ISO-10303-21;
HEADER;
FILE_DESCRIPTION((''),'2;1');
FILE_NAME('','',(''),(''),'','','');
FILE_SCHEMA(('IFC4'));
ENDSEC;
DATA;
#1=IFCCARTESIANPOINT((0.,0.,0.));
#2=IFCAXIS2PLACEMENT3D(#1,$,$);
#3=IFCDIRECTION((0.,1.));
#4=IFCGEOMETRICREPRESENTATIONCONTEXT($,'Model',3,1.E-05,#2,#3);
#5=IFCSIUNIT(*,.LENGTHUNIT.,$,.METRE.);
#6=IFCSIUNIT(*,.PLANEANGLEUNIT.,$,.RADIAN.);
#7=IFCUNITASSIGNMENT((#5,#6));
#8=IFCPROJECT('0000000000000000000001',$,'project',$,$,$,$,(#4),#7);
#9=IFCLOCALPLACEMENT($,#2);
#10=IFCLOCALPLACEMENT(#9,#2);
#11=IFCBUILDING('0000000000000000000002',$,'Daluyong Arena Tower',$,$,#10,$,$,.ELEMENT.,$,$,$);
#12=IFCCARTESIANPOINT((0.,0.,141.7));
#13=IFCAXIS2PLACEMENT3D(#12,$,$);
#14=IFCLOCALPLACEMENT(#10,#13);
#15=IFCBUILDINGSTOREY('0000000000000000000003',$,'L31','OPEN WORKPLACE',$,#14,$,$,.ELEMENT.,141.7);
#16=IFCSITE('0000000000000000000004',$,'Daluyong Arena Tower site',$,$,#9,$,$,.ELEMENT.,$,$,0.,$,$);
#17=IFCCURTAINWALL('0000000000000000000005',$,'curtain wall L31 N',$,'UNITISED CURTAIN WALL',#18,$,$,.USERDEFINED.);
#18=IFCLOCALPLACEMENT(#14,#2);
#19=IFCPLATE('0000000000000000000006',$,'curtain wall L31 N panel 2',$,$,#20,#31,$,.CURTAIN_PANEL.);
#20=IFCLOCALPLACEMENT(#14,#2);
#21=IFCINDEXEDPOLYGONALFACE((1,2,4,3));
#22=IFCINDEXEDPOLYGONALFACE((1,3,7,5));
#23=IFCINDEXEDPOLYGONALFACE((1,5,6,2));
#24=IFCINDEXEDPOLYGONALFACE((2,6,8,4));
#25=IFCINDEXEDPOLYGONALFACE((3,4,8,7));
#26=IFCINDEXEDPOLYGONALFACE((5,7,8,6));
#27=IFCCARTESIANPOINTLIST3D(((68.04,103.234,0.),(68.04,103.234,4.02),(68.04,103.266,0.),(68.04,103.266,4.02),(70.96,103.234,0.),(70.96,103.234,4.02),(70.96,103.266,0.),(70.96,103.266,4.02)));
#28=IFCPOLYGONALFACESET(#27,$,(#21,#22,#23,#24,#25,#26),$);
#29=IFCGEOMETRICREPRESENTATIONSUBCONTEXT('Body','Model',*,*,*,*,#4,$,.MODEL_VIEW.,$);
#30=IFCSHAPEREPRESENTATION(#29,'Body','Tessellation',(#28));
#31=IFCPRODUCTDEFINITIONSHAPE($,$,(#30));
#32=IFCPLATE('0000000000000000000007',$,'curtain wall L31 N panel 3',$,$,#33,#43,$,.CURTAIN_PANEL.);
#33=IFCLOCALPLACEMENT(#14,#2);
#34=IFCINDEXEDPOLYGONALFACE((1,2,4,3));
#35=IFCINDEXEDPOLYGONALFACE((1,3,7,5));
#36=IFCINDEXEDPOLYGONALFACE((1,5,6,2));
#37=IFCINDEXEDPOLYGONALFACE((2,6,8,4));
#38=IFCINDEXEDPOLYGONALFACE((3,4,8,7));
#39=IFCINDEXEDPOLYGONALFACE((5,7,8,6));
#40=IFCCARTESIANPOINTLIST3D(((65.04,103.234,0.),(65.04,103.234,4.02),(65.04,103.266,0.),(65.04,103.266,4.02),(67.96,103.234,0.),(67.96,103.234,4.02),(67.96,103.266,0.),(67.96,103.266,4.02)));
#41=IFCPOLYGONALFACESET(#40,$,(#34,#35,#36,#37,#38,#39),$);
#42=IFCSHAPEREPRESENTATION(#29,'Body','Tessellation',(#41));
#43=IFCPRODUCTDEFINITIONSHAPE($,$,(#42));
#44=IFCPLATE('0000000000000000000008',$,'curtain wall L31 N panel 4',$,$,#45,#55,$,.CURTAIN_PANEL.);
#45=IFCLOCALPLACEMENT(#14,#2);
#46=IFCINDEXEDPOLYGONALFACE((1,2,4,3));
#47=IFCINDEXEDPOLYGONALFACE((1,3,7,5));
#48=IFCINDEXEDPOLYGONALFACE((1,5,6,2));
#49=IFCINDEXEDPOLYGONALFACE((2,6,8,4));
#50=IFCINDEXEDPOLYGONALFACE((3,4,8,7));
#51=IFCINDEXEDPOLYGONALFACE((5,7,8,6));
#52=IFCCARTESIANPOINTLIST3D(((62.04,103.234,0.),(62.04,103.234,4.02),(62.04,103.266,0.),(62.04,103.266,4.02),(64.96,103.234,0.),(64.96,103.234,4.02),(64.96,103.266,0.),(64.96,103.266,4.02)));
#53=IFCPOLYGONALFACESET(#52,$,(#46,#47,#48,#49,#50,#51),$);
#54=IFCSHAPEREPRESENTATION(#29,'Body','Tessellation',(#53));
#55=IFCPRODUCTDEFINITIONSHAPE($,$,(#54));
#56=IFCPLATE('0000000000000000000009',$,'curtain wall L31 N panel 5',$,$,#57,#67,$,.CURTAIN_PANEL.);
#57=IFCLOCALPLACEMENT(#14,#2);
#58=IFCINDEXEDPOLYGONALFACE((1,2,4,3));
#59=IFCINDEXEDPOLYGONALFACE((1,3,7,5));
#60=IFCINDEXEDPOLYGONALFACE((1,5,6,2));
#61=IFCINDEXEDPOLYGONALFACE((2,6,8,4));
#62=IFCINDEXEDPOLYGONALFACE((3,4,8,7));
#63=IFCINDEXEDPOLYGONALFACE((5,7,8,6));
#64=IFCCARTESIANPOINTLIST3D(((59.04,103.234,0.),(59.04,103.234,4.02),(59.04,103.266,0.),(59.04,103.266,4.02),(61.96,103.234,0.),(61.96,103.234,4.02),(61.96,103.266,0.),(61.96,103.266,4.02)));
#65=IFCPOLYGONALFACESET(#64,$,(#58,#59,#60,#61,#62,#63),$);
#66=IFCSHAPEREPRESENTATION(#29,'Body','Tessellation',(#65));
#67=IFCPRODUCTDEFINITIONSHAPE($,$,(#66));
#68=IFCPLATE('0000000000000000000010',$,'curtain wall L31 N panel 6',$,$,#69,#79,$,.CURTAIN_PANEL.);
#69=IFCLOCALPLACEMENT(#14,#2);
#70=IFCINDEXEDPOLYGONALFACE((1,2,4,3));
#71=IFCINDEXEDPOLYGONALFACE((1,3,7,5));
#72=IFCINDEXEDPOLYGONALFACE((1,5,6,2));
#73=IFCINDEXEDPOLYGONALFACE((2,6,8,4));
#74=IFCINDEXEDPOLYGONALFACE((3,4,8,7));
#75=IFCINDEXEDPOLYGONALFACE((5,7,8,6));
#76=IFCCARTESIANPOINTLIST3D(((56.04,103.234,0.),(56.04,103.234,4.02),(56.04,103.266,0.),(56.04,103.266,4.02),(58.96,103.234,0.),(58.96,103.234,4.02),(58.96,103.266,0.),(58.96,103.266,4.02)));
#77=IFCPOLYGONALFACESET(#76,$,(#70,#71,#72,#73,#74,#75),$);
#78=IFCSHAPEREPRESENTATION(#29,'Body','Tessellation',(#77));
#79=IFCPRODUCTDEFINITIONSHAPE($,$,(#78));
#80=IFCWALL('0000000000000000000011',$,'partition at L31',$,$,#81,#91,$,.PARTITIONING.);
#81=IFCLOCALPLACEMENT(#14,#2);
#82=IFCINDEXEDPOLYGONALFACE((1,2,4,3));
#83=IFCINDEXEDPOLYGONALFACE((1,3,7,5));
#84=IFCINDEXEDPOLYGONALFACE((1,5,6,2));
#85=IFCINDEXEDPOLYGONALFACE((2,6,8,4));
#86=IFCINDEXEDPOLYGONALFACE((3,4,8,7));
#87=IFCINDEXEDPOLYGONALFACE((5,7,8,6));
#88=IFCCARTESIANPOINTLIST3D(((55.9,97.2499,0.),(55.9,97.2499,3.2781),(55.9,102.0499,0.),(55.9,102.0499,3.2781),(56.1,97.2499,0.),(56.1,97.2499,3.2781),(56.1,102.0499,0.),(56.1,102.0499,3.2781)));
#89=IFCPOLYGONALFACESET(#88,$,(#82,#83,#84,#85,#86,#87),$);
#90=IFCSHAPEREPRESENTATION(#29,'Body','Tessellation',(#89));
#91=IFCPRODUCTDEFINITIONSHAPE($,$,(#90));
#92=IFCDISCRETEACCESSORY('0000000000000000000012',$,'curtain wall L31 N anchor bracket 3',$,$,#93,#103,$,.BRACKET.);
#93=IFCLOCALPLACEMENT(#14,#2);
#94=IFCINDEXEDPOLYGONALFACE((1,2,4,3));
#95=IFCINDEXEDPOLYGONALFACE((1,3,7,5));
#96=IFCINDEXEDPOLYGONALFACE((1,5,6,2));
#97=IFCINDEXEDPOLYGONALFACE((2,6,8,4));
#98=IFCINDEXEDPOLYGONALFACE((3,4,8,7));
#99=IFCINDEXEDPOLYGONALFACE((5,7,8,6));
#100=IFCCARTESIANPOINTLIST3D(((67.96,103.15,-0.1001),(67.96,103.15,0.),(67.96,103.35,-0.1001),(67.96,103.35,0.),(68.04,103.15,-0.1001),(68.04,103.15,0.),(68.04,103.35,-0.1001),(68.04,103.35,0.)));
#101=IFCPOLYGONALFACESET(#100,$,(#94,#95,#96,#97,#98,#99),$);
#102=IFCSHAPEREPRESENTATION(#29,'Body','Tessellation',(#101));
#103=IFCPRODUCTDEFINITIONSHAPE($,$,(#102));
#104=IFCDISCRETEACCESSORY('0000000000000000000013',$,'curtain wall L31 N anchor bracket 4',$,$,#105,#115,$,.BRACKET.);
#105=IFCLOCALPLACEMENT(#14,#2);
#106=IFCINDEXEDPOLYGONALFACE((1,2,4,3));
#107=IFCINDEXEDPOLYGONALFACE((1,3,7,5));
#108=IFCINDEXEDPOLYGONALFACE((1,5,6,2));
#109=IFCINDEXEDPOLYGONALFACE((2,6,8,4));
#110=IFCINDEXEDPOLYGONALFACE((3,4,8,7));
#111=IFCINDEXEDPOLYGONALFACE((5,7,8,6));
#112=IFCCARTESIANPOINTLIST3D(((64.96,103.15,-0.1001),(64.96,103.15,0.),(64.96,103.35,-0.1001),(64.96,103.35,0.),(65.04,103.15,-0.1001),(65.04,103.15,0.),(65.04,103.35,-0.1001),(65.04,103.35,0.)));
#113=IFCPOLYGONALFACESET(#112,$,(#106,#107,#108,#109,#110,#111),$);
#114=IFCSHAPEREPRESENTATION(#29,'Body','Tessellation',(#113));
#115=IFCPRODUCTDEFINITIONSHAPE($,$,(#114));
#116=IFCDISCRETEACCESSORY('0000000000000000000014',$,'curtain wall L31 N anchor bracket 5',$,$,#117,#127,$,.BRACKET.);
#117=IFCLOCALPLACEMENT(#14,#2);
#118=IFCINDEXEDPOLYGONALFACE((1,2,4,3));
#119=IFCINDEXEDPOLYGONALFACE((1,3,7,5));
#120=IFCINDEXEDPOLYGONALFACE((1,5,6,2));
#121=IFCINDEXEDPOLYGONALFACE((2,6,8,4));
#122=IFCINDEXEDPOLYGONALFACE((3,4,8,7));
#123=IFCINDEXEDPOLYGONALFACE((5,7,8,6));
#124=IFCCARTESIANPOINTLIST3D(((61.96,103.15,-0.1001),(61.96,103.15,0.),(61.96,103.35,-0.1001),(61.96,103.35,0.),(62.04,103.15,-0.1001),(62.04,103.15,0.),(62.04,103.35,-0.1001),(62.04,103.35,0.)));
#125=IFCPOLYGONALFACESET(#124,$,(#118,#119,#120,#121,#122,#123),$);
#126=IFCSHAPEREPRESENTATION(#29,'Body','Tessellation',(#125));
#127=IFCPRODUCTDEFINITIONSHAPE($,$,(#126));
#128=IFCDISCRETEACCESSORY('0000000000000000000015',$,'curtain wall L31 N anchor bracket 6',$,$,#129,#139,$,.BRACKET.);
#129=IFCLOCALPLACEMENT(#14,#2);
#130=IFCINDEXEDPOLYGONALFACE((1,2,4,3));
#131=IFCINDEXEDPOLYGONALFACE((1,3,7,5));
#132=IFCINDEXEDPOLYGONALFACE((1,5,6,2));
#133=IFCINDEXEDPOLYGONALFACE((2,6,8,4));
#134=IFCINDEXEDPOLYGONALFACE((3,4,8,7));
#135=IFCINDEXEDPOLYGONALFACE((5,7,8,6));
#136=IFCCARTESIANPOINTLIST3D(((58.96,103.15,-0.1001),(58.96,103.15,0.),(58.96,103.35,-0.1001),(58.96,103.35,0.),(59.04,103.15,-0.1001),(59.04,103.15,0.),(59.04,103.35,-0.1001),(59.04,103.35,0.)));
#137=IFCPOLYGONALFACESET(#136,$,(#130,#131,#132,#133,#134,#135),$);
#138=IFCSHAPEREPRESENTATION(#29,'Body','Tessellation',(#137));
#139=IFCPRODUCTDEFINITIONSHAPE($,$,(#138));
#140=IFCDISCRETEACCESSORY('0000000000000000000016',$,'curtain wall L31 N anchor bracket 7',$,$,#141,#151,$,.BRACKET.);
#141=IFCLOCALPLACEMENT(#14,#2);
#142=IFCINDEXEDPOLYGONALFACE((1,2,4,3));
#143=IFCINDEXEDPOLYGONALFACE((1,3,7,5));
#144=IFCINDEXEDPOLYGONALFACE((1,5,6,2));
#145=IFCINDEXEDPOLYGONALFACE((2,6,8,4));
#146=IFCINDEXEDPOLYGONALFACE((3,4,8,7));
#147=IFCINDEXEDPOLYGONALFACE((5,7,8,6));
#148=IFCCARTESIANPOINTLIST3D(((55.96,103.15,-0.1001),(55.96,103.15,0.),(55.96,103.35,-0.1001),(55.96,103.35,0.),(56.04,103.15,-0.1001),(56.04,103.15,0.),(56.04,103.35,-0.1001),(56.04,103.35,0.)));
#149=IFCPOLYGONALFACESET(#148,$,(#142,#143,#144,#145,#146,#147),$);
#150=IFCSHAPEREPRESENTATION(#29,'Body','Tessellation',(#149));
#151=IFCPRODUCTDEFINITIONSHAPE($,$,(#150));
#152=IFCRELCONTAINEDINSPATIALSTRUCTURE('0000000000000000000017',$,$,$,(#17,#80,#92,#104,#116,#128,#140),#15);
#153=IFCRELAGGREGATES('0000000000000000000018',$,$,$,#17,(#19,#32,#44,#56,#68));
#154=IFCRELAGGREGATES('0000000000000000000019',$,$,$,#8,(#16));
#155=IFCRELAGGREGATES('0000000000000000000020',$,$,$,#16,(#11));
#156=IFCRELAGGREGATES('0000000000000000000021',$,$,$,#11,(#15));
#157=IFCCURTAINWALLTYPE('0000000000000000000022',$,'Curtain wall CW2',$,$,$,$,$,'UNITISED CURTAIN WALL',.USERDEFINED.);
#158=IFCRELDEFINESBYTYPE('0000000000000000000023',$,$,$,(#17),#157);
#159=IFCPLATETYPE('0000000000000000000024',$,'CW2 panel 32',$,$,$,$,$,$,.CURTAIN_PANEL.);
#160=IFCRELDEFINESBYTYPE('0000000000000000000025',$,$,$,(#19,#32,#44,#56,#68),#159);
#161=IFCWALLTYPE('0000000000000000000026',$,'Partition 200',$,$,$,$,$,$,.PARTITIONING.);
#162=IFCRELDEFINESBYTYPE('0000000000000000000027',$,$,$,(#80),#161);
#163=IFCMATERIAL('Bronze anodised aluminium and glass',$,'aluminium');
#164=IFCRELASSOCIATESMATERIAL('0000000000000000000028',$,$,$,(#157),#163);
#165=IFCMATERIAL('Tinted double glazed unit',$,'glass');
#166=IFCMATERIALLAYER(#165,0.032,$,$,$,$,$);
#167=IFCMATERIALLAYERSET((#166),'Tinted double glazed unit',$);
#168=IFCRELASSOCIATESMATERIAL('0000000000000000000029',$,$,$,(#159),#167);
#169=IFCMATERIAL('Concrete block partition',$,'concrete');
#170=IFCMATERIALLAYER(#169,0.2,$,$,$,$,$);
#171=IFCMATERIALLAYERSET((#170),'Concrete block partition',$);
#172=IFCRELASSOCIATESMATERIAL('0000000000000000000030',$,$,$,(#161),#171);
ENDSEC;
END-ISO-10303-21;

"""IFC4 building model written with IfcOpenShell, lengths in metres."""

from ifc_helpers import new_model, si_unit, direction, frame, frame_2d, origin, origin_2d, place, context, subcontext, project, spatial, rectangle, extrude, material, layer, layer_set, type_object, element, aggregate, save


model = new_model("IFC4")

# Units and contexts
model_context = context("Model", 3, precision=1e-05, world=origin(), true_north=direction((0.0, 1.0)))
body_context = subcontext(model_context, "Body", "Model", "MODEL_VIEW")
ifc_project = project(units=[si_unit("LENGTHUNIT", "METRE"), si_unit("PLANEANGLEUNIT", "RADIAN")], contexts=[model_context])

# Site, building, storey
site_placement = place(None, origin())
site = spatial("IfcSite", under=ifc_project, at=site_placement, Name="Daluyong Arena Tower site", CompositionType="ELEMENT", RefElevation=0.0)
building_placement = place(site_placement, origin())
building = spatial("IfcBuilding", under=site, at=building_placement, Name="Daluyong Arena Tower", CompositionType="ELEMENT")
storey_placement = place(building_placement, frame((0.0, 0.0, 141.7)))
storey = spatial("IfcBuildingStorey", under=building, at=storey_placement, Name="L31", Description="OPEN WORKPLACE", CompositionType="ELEMENT", Elevation=141.7)

# Curtain wall
ifc_material_1 = material(Name="Bronze anodised aluminium and glass", Category="aluminium")
curtain_wall_type = type_object("IfcCurtainWallType", Name="Curtain wall CW2", ElementType="UNITISED CURTAIN WALL", PredefinedType="USERDEFINED", material=ifc_material_1)
curtain_wall_placement = place(storey_placement, origin())
curtain_wall = element("IfcCurtainWall", 1, at=curtain_wall_placement, inside=storey, type_object=curtain_wall_type, Name="curtain wall L31 N", ObjectType="UNITISED CURTAIN WALL", PredefinedType="USERDEFINED")

# Plates
ifc_material_2 = material(Name="Tinted double glazed unit", Category="glass")
ifc_layer_1 = layer(ifc_material_2, 0.032)
ifc_layer_set_1 = layer_set([ifc_layer_1], Name="Tinted double glazed unit")
plate_type = type_object("IfcPlateType", Name="CW2 panel 32", PredefinedType="CURTAIN_PANEL", material=ifc_layer_set_1)
plate_1_placement = place(storey_placement, frame((69.5, 103.25, 0.0), z_axis=(0.0, 0.0, 1.0), x_axis=(-1.0, 0.0, 0.0)))
plate_1 = element("IfcPlate", 2, at=plate_1_placement, type_object=plate_type, Name="curtain wall L31 N panel 2", PredefinedType="CURTAIN_PANEL", context=body_context, shape_type="SweptSolid", body=[
    extrude(rectangle(XDim=2.9199, YDim=0.032, at=origin_2d()), origin(), (0.0, 0.0, 1.0), 4.02),
])
plate_2_placement = place(storey_placement, frame((66.5, 103.25, 0.0), z_axis=(0.0, 0.0, 1.0), x_axis=(-1.0, 0.0, 0.0)))
plate_2 = element("IfcPlate", 3, at=plate_2_placement, type_object=plate_type, Name="curtain wall L31 N panel 3", PredefinedType="CURTAIN_PANEL", context=body_context, shape_type="SweptSolid", body=[
    extrude(rectangle(XDim=2.9199, YDim=0.032, at=origin_2d()), origin(), (0.0, 0.0, 1.0), 4.02),
])
plate_3_placement = place(storey_placement, frame((63.5, 103.25, 0.0), z_axis=(0.0, 0.0, 1.0), x_axis=(-1.0, 0.0, 0.0)))
plate_3 = element("IfcPlate", 4, at=plate_3_placement, type_object=plate_type, Name="curtain wall L31 N panel 4", PredefinedType="CURTAIN_PANEL", context=body_context, shape_type="SweptSolid", body=[
    extrude(rectangle(XDim=2.9199, YDim=0.032, at=origin_2d()), origin(), (0.0, 0.0, 1.0), 4.02),
])
plate_4_placement = place(storey_placement, frame((60.5, 103.25, 0.0), z_axis=(0.0, 0.0, 1.0), x_axis=(-1.0, 0.0, 0.0)))
plate_4 = element("IfcPlate", 5, at=plate_4_placement, type_object=plate_type, Name="curtain wall L31 N panel 5", PredefinedType="CURTAIN_PANEL", context=body_context, shape_type="SweptSolid", body=[
    extrude(rectangle(XDim=2.9199, YDim=0.032, at=origin_2d()), origin(), (0.0, 0.0, 1.0), 4.02),
])
plate_5_placement = place(storey_placement, frame((57.5, 103.25, 0.0), z_axis=(0.0, 0.0, 1.0), x_axis=(-1.0, 0.0, 0.0)))
plate_5 = element("IfcPlate", 6, at=plate_5_placement, type_object=plate_type, Name="curtain wall L31 N panel 6", PredefinedType="CURTAIN_PANEL", context=body_context, shape_type="SweptSolid", body=[
    extrude(rectangle(XDim=2.9199, YDim=0.032, at=origin_2d()), origin(), (0.0, 0.0, 1.0), 4.02),
])
aggregate(curtain_wall, [plate_1, plate_2, plate_3, plate_4, plate_5])

# Wall
ifc_material_3 = material(Name="Concrete block partition", Category="concrete")
ifc_layer_2 = layer(ifc_material_3, 0.2)
ifc_layer_set_2 = layer_set([ifc_layer_2], Name="Concrete block partition")
wall_type = type_object("IfcWallType", Name="Partition 200", PredefinedType="PARTITIONING", material=ifc_layer_set_2)
wall_placement = place(storey_placement, frame((56.0, 97.25, 0.0), z_axis=(0.0, 0.0, 1.0), x_axis=(0.0, 1.0, 0.0)))
element("IfcWall", 7, at=wall_placement, inside=storey, type_object=wall_type, Name="partition at L31", PredefinedType="PARTITIONING", context=body_context, shape_type="SweptSolid", body=[
    extrude(rectangle(XDim=4.8, YDim=0.2, at=frame_2d((2.3999, 0.0))), origin(), (0.0, 0.0, 1.0), 3.2781),
])

# Discrete accessories
for number, where, z_axis, x_axis, name in (
    (8, (68.0, 103.25, -0.1001), (0.0, 0.0, 1.0), (-1.0, 0.0, 0.0), "curtain wall L31 N anchor bracket 3"),
    (9, (65.0, 103.25, -0.1001), (0.0, 0.0, 1.0), (-1.0, 0.0, 0.0), "curtain wall L31 N anchor bracket 4"),
    (10, (62.0, 103.25, -0.1001), (0.0, 0.0, 1.0), (-1.0, 0.0, 0.0), "curtain wall L31 N anchor bracket 5"),
    (11, (59.0, 103.25, -0.1001), (0.0, 0.0, 1.0), (-1.0, 0.0, 0.0), "curtain wall L31 N anchor bracket 6"),
    (12, (56.0, 103.25, -0.1001), (0.0, 0.0, 1.0), (-1.0, 0.0, 0.0), "curtain wall L31 N anchor bracket 7"),
):
    element("IfcDiscreteAccessory", number, at=place(storey_placement, frame(where, z_axis=z_axis, x_axis=x_axis)), inside=storey, Name=name, PredefinedType="BRACKET", context=body_context, shape_type="SweptSolid", body=[
        extrude(rectangle(XDim=0.0801, YDim=0.2, at=origin_2d()), origin(), (0.0, 0.0, 1.0), 0.1001),
    ])

save(model, "model.ifc")
